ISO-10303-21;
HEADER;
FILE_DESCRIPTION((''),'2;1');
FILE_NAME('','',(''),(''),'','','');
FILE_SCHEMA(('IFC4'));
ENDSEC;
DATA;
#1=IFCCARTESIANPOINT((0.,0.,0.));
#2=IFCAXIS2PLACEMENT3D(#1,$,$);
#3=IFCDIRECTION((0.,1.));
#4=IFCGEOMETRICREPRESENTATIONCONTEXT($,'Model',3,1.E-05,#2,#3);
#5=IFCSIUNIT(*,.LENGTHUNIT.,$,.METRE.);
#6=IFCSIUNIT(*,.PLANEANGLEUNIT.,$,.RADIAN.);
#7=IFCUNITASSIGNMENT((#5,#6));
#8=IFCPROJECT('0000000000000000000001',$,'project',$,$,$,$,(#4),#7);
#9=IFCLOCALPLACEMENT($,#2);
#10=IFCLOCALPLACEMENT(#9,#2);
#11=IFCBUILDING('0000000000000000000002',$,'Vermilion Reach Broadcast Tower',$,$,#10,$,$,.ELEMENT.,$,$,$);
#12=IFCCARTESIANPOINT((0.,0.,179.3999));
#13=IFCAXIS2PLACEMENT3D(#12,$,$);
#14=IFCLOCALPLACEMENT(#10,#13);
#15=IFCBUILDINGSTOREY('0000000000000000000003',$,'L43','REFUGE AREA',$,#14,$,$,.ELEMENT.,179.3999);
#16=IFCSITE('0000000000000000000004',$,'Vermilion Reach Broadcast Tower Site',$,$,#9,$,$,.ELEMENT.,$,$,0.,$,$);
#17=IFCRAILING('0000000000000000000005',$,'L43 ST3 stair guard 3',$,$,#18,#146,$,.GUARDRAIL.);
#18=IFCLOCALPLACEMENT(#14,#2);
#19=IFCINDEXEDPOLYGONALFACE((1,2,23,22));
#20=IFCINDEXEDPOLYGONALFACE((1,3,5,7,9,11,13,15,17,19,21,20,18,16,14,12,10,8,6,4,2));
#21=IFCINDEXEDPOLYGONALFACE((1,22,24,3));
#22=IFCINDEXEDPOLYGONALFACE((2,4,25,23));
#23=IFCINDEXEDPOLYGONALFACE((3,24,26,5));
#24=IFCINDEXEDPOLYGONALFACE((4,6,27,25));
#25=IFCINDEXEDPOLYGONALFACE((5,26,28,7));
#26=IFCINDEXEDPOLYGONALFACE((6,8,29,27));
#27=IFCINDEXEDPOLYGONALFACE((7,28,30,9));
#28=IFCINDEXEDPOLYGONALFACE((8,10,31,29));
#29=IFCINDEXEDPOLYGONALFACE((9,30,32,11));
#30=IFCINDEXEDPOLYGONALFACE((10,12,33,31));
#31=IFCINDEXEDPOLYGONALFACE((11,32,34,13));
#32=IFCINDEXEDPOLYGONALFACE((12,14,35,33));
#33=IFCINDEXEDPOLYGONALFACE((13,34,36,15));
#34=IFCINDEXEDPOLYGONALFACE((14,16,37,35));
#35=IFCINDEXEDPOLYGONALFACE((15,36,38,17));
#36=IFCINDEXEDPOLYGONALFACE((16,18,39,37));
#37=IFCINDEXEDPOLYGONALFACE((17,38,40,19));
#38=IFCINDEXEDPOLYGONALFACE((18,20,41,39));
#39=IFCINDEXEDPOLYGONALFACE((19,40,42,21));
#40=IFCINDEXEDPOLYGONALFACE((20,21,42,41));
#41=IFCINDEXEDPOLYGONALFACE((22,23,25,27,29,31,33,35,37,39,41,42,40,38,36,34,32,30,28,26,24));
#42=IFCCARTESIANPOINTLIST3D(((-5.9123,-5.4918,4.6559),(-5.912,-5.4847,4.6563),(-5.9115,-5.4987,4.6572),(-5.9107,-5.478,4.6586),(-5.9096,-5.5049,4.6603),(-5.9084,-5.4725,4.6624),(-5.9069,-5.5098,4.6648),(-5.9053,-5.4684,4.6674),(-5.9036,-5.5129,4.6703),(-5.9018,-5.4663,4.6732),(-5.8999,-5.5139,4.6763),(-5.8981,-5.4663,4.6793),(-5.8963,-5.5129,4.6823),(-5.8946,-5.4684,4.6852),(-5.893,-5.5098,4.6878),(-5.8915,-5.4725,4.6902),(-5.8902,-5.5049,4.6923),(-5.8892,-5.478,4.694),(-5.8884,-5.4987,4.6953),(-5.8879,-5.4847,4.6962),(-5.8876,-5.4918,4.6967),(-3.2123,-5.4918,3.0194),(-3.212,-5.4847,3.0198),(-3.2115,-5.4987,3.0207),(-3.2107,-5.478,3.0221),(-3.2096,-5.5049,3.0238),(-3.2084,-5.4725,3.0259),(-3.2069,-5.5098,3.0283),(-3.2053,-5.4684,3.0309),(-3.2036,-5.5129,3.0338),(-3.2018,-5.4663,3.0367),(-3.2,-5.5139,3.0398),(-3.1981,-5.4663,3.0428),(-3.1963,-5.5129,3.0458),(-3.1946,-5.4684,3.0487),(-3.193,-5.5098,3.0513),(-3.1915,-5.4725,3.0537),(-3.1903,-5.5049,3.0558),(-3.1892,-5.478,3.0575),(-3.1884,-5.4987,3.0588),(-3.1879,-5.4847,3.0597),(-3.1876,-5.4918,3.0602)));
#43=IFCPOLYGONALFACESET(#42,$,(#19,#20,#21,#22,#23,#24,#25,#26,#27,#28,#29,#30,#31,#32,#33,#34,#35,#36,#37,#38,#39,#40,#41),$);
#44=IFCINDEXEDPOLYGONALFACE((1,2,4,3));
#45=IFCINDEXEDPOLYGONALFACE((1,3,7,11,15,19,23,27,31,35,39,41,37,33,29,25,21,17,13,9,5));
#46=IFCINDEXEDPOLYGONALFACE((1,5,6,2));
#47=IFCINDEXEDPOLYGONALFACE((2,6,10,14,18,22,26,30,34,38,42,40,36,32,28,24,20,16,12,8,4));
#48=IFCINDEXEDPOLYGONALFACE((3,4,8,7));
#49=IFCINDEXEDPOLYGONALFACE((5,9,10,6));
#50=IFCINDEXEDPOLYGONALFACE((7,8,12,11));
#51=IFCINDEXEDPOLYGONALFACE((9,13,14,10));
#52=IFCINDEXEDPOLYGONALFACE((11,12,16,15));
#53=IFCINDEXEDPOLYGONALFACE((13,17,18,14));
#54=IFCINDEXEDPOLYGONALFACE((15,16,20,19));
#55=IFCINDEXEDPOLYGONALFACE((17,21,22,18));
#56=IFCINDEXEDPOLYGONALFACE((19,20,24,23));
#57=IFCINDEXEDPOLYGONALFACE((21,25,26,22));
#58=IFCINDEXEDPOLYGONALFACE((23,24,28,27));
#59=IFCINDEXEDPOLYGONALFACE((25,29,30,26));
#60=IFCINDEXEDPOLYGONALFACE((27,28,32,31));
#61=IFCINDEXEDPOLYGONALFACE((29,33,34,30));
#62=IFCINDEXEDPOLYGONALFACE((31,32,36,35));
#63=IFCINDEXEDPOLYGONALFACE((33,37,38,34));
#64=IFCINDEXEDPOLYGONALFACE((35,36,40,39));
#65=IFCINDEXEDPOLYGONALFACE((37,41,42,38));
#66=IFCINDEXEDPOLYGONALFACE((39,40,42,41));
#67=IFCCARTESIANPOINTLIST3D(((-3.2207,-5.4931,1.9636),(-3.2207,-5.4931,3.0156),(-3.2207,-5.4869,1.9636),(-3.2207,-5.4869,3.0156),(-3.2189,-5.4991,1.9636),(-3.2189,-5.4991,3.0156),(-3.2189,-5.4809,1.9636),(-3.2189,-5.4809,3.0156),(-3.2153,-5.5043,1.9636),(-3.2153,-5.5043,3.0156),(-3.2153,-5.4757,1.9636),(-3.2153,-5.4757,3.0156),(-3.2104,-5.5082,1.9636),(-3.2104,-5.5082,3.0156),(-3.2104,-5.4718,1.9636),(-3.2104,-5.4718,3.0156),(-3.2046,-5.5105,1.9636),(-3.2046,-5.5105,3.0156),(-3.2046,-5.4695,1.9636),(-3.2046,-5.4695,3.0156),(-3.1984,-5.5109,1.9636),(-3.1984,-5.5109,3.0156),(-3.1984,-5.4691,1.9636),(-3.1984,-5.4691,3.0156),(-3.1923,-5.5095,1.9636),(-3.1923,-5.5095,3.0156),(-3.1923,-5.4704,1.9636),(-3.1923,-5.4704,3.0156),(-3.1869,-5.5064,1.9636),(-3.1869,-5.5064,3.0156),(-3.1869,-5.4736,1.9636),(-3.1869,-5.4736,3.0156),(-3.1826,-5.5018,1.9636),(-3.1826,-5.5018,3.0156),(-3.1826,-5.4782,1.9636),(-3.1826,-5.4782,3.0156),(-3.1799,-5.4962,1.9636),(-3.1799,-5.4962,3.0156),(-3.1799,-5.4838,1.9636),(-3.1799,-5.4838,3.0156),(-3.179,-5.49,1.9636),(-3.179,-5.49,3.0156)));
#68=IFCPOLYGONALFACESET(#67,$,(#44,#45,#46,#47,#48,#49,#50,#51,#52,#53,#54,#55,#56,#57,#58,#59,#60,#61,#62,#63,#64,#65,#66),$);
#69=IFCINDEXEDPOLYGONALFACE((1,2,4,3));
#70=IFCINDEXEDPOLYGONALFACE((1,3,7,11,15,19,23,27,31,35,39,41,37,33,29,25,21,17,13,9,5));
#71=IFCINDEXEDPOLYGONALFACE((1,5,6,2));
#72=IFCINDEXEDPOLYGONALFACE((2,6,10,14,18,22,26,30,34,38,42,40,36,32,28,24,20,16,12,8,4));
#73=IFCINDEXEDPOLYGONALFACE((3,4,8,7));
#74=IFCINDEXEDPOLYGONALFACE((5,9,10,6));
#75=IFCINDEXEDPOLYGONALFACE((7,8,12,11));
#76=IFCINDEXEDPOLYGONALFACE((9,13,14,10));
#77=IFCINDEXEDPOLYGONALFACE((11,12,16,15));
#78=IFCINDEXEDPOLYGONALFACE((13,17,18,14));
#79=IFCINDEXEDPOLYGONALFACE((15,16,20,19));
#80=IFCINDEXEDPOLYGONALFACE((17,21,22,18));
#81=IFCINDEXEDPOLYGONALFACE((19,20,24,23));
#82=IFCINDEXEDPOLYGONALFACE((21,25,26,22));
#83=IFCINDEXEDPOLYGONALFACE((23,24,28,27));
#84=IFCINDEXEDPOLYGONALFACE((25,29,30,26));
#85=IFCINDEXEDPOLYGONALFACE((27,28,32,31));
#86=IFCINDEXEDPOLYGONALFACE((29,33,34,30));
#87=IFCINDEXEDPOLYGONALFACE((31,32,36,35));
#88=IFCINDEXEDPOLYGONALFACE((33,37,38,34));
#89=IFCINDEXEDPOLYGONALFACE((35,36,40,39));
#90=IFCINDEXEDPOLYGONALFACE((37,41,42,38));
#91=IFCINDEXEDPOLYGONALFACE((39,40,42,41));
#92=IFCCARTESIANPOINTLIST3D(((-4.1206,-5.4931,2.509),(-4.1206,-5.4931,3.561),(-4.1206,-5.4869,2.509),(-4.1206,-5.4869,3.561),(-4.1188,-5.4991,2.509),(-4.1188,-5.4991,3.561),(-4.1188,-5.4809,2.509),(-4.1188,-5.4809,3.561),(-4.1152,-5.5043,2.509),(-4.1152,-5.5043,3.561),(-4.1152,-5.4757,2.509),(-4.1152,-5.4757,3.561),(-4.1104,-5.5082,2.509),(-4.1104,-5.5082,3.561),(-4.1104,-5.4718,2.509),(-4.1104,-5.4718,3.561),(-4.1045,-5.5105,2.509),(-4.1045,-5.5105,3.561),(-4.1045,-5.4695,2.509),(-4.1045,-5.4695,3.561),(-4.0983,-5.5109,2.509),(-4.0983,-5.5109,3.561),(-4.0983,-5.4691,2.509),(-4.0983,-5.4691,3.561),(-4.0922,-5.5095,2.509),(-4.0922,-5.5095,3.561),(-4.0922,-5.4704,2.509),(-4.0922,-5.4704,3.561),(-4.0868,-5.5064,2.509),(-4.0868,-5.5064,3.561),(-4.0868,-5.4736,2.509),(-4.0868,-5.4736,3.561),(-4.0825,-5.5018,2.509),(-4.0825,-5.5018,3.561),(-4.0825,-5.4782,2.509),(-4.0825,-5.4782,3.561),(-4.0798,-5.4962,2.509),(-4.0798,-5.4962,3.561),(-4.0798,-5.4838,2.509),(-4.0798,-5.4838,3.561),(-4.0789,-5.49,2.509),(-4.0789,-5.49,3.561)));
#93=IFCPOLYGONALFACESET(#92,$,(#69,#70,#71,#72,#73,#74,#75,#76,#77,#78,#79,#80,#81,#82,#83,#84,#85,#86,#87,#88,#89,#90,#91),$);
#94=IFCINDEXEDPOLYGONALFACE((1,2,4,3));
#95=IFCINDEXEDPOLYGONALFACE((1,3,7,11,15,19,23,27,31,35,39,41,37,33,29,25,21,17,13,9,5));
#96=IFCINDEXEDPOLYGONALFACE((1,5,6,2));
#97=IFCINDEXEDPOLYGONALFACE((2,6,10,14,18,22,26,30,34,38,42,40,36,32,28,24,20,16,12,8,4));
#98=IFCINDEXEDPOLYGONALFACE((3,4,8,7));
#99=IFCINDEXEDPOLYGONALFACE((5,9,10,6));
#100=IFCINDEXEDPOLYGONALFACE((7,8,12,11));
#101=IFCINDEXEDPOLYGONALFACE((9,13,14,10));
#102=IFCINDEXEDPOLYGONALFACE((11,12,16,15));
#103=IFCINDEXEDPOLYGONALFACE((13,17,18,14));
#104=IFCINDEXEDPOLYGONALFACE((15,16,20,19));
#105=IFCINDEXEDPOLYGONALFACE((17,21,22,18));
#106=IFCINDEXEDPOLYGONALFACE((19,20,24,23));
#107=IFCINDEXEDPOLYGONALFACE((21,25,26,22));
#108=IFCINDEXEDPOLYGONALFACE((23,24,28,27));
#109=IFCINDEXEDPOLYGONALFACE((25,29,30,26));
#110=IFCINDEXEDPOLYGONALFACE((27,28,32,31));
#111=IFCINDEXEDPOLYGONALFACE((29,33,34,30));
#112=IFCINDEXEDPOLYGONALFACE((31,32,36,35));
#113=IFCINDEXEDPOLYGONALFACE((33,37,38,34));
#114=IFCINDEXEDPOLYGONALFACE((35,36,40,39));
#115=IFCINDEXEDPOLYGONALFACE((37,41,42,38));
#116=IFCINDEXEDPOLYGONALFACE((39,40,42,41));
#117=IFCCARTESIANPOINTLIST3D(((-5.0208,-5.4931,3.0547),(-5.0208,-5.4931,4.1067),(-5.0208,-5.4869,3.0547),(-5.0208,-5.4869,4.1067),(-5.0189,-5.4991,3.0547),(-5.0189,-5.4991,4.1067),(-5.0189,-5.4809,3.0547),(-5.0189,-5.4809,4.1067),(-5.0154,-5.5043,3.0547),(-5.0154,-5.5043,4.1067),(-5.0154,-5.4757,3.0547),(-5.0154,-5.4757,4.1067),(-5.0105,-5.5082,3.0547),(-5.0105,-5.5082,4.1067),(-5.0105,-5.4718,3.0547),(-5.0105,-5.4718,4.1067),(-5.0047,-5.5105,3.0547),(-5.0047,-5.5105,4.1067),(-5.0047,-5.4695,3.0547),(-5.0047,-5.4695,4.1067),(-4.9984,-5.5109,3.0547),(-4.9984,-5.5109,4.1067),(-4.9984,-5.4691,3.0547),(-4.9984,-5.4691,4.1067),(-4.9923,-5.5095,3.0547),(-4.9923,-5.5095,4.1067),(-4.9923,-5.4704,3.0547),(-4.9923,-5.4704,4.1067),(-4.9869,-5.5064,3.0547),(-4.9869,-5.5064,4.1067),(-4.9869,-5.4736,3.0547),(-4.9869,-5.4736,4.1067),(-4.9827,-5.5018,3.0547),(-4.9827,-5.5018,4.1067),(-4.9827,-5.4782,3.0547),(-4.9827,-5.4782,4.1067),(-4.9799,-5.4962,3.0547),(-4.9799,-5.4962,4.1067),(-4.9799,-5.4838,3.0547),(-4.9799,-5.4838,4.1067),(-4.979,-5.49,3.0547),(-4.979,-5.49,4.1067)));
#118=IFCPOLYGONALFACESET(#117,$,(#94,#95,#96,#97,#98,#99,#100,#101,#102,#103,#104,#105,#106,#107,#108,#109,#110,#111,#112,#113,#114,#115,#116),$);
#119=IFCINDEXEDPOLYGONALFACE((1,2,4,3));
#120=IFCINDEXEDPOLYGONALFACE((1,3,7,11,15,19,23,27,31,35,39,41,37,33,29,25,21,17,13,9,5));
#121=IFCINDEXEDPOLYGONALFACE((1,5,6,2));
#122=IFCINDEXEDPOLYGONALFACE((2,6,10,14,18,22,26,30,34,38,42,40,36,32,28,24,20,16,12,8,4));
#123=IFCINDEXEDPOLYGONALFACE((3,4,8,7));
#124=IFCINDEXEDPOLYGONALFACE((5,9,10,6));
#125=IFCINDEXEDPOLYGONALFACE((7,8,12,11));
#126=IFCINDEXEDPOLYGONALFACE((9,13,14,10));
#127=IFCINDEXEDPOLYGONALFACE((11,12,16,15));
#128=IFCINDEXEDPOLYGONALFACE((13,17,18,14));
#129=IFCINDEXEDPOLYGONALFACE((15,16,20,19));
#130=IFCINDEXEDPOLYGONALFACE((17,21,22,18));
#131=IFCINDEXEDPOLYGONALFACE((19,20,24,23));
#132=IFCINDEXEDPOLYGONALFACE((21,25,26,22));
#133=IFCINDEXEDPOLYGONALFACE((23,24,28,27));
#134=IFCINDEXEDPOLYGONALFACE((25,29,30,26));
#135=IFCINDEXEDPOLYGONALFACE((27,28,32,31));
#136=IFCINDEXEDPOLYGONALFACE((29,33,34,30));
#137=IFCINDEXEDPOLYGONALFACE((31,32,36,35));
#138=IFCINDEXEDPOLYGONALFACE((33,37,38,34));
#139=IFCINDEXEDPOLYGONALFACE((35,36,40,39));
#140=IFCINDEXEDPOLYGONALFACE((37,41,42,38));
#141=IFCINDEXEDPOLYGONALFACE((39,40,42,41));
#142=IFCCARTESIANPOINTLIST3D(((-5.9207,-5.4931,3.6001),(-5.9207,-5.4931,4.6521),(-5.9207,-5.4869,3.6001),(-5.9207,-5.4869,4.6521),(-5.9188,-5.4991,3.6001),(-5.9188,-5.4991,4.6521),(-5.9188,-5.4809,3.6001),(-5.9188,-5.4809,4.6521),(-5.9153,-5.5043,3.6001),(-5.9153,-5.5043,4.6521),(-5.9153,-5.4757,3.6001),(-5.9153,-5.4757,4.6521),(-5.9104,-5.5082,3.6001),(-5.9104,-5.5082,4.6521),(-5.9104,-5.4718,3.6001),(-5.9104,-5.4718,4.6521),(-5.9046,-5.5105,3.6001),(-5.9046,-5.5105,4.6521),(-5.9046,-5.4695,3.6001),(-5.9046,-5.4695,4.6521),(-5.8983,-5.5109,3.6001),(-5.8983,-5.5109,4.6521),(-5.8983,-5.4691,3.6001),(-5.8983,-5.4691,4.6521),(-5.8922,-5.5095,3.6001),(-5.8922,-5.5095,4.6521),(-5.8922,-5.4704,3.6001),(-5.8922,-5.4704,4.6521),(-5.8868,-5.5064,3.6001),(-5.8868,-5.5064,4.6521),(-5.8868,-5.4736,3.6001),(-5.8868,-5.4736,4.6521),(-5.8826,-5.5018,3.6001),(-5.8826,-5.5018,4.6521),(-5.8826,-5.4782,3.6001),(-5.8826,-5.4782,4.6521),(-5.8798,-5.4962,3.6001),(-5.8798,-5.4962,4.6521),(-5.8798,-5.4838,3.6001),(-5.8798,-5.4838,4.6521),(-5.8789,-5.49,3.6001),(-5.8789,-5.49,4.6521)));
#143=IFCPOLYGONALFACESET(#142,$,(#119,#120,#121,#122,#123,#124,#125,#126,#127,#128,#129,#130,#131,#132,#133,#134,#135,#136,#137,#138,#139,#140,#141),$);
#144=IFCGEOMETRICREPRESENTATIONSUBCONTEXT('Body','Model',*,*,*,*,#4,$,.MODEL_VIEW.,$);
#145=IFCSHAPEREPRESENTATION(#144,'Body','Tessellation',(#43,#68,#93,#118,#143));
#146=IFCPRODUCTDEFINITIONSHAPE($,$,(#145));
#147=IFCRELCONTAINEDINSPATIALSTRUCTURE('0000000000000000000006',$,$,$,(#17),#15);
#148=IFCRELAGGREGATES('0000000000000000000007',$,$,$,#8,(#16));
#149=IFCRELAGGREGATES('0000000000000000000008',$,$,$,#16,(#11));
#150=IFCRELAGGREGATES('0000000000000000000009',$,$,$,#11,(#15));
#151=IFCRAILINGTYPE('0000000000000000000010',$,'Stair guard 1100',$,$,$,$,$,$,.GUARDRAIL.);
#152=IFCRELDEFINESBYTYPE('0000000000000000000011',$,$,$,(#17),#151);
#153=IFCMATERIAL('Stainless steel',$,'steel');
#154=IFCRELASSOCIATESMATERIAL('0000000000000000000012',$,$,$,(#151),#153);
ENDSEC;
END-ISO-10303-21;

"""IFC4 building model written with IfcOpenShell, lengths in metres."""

from ifc_helpers import new_model, si_unit, direction, frame, origin, origin_2d, place, context, subcontext, project, spatial, circle, extrude, material, type_object, element, save


model = new_model("IFC4")

# Units and contexts
model_context = context("Model", 3, precision=1e-05, world=origin(), true_north=direction((0.0, 1.0)))
body_context = subcontext(model_context, "Body", "Model", "MODEL_VIEW")
ifc_project = project(units=[si_unit("LENGTHUNIT", "METRE"), si_unit("PLANEANGLEUNIT", "RADIAN")], contexts=[model_context])

# Site, building, storey
site_placement = place(None, origin())
site = spatial("IfcSite", under=ifc_project, at=site_placement, Name="Vermilion Reach Broadcast Tower Site", CompositionType="ELEMENT", RefElevation=0.0)
building_placement = place(site_placement, origin())
building = spatial("IfcBuilding", under=site, at=building_placement, Name="Vermilion Reach Broadcast Tower", CompositionType="ELEMENT")
storey_placement = place(building_placement, frame((0.0, 0.0, 179.3999)))
storey = spatial("IfcBuildingStorey", under=building, at=storey_placement, Name="L43", Description="REFUGE AREA", CompositionType="ELEMENT", Elevation=179.3999)

# Railing
ifc_material_1 = material(Name="Stainless steel", Category="steel")
railing_type_1 = type_object("IfcRailingType", Name="Stair guard 1100", PredefinedType="GUARDRAIL", material=ifc_material_1)
railing_1_placement = place(storey_placement, frame((-3.2, -5.49, 1.9636)))
element("IfcRailing", 1, at=railing_1_placement, inside=storey, type_object=railing_type_1, Name="L43 ST3 stair guard 3", PredefinedType="GUARDRAIL", context=body_context, shape_type="SweptSolid", body=[
    extrude(circle(Radius=0.0239, at=origin_2d()), frame((0.0, 0.0, 1.0762), z_axis=(-0.855178, 0.0, 0.518334), x_axis=(0.0, -1.0, 0.0)), (0.0, 0.0, 1.0), 3.1572),
    extrude(circle(Radius=0.021, at=origin_2d()), origin(), (0.0, 0.0, 1.0), 1.052),
    extrude(circle(Radius=0.021, at=origin_2d()), frame((-0.8999, 0.0, 0.5454)), (0.0, 0.0, 1.0), 1.052),
    extrude(circle(Radius=0.021, at=origin_2d()), frame((-1.8, 0.0, 1.0911)), (0.0, 0.0, 1.0), 1.052),
    extrude(circle(Radius=0.021, at=origin_2d()), frame((-2.7, 0.0, 1.6365)), (0.0, 0.0, 1.0), 1.052),
])

save(model, "model.ifc")
